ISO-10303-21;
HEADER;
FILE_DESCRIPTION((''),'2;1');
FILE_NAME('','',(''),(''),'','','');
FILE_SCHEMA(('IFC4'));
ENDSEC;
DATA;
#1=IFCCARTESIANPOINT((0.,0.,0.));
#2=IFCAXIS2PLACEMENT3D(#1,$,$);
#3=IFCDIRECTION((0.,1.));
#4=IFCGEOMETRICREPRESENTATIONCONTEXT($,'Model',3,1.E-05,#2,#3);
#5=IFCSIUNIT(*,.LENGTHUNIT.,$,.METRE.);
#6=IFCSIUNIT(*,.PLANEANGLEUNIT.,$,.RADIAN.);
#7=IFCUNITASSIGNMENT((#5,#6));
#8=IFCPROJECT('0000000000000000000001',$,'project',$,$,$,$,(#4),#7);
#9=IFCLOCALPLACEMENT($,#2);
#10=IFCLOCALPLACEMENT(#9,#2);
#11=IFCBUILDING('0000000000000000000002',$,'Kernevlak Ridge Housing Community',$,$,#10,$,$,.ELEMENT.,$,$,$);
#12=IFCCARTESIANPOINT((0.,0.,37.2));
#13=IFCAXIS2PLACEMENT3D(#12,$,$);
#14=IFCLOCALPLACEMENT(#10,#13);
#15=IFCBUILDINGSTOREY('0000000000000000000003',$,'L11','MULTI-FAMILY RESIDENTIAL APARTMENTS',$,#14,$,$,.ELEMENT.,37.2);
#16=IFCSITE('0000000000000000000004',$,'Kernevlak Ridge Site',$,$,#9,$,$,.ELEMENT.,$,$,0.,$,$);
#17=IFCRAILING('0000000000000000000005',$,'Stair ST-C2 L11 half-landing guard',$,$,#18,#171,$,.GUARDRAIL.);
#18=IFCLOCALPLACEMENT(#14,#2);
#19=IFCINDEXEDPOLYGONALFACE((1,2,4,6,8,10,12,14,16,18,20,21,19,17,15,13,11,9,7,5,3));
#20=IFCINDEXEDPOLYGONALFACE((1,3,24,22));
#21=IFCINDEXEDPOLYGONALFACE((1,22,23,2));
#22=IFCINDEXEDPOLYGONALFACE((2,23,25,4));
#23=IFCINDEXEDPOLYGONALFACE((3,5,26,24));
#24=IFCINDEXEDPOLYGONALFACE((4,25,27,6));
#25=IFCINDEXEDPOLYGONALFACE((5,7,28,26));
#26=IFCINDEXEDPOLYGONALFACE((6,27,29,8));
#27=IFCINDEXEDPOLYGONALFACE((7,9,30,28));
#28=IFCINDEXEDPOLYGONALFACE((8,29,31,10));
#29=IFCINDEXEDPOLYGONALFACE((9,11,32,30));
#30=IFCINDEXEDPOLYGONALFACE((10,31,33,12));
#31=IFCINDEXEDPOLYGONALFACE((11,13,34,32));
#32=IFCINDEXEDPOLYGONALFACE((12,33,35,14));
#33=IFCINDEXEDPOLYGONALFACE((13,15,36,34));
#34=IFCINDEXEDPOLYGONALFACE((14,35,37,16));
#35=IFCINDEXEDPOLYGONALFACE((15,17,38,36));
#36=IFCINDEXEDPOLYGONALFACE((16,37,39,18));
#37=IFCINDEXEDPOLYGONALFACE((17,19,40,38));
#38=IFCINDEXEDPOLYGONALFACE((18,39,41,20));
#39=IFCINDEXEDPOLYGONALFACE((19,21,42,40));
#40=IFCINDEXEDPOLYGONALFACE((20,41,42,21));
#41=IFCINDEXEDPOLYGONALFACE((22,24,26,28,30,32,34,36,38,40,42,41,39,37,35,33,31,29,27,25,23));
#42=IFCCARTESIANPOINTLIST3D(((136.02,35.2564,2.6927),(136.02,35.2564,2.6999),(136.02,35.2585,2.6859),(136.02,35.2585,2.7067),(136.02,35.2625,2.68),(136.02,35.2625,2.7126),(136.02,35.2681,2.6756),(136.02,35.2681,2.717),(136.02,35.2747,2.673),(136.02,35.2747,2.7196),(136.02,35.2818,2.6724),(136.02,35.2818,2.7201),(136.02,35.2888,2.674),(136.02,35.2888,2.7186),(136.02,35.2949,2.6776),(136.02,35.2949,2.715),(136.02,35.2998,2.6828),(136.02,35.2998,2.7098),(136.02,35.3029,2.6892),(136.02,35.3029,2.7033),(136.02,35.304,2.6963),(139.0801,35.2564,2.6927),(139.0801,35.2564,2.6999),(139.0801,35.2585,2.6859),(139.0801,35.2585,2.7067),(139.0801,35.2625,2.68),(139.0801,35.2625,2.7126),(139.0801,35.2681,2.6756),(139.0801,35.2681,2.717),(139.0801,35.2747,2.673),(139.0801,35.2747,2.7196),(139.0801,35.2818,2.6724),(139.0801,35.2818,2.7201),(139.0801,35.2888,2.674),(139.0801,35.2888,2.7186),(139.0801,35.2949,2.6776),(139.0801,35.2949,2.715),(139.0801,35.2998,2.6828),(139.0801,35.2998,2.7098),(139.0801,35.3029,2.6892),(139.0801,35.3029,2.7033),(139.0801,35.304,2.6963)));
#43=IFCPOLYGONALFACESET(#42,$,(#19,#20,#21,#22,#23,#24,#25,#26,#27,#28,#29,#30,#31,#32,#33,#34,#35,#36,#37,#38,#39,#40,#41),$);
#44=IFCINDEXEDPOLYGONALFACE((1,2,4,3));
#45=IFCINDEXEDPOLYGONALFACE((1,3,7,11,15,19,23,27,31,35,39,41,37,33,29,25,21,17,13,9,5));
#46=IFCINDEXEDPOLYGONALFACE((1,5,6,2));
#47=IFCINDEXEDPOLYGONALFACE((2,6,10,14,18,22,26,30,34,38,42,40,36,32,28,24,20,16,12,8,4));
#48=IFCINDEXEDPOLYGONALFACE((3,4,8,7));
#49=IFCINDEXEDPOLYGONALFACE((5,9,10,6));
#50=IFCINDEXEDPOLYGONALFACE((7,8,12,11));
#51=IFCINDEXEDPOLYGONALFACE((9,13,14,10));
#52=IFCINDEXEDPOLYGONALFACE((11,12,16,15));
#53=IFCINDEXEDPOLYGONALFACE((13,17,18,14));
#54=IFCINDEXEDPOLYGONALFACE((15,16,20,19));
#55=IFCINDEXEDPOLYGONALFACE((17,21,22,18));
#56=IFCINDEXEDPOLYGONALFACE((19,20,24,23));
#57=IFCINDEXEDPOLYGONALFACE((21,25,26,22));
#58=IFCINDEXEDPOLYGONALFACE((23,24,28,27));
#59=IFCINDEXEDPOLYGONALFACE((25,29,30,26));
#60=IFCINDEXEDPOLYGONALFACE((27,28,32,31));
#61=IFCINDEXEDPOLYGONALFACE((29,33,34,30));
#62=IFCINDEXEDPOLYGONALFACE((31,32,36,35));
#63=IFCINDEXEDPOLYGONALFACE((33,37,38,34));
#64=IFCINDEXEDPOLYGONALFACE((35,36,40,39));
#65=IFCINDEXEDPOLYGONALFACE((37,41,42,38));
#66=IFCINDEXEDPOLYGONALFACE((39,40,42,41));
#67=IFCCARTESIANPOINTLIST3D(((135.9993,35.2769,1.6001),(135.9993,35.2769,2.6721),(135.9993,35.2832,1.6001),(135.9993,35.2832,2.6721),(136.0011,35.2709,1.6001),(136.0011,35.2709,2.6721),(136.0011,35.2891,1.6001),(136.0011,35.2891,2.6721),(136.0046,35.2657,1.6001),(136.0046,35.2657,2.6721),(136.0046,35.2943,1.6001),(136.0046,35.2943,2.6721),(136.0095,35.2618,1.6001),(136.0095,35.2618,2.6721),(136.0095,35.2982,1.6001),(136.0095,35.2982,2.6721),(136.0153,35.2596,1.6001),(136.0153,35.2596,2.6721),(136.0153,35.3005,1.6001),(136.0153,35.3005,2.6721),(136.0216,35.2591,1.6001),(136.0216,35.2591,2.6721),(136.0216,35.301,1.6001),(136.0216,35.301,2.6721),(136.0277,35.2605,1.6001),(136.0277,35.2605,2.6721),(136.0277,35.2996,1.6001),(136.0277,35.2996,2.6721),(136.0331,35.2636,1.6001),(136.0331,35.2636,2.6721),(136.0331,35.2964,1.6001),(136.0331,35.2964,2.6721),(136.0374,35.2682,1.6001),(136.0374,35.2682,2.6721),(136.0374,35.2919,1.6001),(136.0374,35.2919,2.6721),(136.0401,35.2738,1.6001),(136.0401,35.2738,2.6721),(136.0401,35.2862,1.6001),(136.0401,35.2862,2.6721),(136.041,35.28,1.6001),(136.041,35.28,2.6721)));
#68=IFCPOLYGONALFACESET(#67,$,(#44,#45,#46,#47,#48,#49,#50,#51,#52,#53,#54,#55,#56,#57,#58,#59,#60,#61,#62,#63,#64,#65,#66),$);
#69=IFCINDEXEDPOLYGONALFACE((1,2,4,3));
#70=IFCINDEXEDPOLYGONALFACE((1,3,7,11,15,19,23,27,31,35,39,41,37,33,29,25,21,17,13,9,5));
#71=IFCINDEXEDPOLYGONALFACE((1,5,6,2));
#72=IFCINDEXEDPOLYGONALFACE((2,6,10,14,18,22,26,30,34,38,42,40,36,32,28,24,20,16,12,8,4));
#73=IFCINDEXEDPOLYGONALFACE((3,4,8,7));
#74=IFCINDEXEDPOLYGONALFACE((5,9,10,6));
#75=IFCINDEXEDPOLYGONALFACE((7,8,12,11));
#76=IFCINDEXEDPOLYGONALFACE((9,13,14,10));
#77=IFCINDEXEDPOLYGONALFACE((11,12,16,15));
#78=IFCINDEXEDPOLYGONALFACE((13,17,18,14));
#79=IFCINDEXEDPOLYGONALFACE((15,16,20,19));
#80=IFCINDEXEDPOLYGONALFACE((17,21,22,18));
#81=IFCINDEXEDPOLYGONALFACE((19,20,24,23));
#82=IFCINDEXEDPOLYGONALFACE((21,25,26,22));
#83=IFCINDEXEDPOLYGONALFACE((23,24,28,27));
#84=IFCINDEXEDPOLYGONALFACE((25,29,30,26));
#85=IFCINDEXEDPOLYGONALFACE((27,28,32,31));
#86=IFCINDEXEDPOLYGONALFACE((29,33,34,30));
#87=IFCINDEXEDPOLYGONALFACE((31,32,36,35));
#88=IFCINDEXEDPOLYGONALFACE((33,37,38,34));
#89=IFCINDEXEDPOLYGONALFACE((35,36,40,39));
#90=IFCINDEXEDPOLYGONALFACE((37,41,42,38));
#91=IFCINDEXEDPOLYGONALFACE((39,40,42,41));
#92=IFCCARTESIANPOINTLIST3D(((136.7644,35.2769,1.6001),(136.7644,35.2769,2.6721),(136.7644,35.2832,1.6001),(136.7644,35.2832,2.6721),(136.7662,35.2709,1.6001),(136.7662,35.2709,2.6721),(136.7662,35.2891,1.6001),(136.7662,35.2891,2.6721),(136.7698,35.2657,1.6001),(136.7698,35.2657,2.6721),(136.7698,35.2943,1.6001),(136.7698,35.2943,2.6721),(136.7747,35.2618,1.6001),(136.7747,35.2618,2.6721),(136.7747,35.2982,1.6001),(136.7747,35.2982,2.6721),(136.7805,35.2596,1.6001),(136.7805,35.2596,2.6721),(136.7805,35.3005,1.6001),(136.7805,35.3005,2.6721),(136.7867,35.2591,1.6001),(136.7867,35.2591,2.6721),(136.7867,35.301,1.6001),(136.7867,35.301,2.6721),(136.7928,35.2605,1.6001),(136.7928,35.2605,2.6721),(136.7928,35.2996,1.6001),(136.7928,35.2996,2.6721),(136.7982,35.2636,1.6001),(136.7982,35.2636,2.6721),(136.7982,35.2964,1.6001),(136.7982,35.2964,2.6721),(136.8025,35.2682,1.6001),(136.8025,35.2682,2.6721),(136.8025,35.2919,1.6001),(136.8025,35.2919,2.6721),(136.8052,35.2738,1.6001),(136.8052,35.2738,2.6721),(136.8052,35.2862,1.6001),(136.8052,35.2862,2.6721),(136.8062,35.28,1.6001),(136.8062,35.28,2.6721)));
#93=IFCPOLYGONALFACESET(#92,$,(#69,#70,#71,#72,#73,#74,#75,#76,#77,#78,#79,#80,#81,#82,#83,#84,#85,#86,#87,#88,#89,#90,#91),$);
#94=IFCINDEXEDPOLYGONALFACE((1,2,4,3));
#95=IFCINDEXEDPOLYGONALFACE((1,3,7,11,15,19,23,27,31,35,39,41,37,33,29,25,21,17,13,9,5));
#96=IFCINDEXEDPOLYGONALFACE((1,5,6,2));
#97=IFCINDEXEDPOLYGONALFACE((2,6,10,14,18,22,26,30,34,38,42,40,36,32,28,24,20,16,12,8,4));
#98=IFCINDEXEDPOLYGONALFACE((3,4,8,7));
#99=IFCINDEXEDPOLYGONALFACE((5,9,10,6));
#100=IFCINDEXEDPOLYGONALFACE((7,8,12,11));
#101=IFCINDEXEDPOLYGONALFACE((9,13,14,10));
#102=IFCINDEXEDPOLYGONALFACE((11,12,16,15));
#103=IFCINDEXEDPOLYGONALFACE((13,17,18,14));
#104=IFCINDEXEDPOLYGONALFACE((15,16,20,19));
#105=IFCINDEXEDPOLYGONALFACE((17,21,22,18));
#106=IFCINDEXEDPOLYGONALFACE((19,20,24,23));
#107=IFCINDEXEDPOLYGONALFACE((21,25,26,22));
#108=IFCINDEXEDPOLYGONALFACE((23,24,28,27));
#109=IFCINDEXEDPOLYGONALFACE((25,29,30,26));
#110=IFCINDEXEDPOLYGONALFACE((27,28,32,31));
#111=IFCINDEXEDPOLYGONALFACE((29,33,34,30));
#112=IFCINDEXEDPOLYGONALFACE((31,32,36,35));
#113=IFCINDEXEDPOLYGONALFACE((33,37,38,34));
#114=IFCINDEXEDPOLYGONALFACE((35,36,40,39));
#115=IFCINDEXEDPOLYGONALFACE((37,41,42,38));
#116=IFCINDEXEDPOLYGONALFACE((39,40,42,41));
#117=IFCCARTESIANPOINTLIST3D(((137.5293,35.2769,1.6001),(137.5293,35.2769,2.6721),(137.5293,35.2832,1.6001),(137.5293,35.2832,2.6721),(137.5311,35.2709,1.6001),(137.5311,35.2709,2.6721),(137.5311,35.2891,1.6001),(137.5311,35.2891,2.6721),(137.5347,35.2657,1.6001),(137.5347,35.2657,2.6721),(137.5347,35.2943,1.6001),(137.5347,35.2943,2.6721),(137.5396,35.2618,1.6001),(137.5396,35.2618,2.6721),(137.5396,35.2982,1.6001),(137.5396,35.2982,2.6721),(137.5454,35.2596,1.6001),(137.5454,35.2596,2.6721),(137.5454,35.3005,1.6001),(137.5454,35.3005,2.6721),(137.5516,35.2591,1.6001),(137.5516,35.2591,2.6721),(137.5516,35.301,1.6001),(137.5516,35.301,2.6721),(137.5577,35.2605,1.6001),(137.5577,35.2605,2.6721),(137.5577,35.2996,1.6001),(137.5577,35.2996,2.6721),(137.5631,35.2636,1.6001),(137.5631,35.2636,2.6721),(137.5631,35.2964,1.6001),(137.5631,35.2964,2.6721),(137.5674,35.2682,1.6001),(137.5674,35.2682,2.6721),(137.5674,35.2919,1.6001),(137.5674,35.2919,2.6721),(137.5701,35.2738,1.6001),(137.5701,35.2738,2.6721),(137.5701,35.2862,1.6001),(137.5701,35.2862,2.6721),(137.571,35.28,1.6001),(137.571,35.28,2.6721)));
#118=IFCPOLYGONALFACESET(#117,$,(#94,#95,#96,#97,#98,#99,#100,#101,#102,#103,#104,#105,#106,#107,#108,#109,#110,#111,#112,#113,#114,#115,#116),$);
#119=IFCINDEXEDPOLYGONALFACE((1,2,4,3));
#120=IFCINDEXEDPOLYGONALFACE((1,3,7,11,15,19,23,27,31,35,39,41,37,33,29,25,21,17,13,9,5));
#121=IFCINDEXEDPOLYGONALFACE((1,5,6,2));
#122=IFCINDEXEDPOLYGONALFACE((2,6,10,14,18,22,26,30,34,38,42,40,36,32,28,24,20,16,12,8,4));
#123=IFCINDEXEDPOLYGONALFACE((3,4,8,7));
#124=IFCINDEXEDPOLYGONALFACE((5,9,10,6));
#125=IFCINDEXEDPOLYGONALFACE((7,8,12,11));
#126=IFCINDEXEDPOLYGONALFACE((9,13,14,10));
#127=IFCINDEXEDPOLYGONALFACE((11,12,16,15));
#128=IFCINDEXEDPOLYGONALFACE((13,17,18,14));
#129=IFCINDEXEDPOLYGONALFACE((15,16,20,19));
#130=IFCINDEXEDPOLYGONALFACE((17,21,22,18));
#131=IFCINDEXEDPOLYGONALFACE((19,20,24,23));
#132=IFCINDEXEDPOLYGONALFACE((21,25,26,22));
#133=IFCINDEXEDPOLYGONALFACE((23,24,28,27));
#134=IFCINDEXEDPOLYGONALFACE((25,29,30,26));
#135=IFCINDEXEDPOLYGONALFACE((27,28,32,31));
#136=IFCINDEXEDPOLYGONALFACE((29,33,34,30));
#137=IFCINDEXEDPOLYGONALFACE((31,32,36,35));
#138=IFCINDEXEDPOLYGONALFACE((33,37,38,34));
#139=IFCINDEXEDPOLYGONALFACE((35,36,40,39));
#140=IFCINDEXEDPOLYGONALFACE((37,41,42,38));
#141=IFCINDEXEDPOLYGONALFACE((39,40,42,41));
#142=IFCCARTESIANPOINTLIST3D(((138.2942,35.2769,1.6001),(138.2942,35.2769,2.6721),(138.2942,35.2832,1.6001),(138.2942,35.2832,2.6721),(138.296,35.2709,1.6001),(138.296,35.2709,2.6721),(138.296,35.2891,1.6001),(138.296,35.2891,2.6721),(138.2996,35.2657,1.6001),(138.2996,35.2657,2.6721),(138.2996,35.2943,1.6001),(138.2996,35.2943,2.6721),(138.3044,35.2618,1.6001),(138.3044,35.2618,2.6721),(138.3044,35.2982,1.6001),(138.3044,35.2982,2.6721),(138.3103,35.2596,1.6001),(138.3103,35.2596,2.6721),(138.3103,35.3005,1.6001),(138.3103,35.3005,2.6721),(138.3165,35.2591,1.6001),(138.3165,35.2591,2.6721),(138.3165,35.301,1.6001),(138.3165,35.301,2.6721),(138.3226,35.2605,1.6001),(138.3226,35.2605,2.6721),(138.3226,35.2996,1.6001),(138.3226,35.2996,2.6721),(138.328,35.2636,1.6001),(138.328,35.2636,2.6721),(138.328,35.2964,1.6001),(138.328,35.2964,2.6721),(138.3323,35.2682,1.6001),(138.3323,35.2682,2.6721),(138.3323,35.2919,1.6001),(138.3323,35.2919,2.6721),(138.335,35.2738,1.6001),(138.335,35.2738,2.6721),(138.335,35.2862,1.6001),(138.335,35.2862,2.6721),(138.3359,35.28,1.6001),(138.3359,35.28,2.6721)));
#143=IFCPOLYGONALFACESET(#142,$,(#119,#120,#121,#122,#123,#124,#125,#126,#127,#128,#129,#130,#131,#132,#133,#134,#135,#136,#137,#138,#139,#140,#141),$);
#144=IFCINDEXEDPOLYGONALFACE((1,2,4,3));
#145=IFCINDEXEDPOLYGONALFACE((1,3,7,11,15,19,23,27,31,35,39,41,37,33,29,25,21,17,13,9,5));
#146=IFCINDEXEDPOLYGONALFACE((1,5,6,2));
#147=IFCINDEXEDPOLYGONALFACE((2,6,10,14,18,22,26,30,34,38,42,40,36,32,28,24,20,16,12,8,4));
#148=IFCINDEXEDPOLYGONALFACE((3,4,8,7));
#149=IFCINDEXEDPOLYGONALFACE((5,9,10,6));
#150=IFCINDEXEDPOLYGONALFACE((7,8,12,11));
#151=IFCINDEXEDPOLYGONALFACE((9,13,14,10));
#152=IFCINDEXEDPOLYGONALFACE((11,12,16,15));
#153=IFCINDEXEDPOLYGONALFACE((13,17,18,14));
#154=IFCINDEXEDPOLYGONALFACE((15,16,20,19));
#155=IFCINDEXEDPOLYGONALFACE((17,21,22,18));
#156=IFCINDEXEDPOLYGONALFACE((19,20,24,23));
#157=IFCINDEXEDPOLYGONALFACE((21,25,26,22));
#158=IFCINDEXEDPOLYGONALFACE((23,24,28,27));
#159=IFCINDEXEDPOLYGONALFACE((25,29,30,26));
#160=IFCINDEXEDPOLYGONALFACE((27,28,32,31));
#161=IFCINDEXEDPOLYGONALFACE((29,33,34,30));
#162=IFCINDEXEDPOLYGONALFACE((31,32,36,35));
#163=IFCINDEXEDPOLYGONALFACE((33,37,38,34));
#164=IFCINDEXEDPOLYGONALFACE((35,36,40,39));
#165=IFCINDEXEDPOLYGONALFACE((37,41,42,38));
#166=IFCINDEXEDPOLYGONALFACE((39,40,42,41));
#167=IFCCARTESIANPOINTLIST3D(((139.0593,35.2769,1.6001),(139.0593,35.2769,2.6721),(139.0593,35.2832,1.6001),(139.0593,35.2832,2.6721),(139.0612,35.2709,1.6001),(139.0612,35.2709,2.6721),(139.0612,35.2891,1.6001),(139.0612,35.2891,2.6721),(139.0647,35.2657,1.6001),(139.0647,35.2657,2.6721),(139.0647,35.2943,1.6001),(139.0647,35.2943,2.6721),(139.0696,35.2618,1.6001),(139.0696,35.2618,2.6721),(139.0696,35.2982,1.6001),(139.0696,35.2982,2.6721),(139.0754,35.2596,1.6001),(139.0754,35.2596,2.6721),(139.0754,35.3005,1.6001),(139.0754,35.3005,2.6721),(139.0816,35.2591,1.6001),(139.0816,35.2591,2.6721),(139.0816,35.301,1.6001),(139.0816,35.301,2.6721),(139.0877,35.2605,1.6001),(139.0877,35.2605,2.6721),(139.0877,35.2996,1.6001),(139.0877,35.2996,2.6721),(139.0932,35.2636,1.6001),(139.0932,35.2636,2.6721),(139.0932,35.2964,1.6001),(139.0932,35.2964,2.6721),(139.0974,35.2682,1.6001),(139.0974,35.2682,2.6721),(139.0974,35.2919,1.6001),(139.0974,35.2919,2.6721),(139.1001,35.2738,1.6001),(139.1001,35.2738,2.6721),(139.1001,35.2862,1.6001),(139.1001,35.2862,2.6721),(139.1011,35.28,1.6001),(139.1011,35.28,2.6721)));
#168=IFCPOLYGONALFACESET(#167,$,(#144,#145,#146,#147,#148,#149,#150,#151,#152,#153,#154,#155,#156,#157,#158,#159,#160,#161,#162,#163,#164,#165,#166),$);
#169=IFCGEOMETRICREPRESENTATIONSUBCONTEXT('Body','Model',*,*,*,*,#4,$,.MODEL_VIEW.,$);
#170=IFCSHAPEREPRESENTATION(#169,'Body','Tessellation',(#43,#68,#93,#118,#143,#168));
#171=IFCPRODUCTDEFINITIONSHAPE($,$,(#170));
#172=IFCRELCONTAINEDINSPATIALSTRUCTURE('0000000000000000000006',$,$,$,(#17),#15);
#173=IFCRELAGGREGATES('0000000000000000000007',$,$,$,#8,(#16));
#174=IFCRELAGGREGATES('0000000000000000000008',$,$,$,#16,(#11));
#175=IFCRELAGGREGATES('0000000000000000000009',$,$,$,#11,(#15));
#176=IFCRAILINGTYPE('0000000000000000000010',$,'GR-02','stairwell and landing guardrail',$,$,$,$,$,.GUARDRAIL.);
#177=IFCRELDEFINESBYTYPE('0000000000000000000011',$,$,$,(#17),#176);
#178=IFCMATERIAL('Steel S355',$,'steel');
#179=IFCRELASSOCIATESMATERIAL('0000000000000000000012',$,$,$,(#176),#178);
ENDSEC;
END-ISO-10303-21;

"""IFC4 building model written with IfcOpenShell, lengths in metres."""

from ifc_helpers import new_model, si_unit, direction, frame, origin, origin_2d, place, context, subcontext, project, spatial, circle, extrude, material, type_object, element, save


model = new_model("IFC4")

# Units and contexts
model_context = context("Model", 3, precision=1e-05, world=origin(), true_north=direction((0.0, 1.0)))
body_context = subcontext(model_context, "Body", "Model", "MODEL_VIEW")
ifc_project = project(units=[si_unit("LENGTHUNIT", "METRE"), si_unit("PLANEANGLEUNIT", "RADIAN")], contexts=[model_context])

# Site, building, storey
site_placement = place(None, origin())
site = spatial("IfcSite", under=ifc_project, at=site_placement, Name="Kernevlak Ridge Site", CompositionType="ELEMENT", RefElevation=0.0)
building_placement = place(site_placement, origin())
building = spatial("IfcBuilding", under=site, at=building_placement, Name="Kernevlak Ridge Housing Community", CompositionType="ELEMENT")
storey_placement = place(building_placement, frame((0.0, 0.0, 37.2)))
storey = spatial("IfcBuildingStorey", under=building, at=storey_placement, Name="L11", Description="MULTI-FAMILY RESIDENTIAL APARTMENTS", CompositionType="ELEMENT", Elevation=37.2)

# Railing
ifc_material_1 = material(Name="Steel S355", Category="steel")
railing_type_1 = type_object("IfcRailingType", Name="GR-02", Description="stairwell and landing guardrail", PredefinedType="GUARDRAIL", material=ifc_material_1)
railing_1_placement = place(storey_placement, frame((136.02, 35.28, 1.6001)))
element("IfcRailing", 1, at=railing_1_placement, inside=storey, type_object=railing_type_1, Name="Stair ST-C2 L11 half-landing guard", PredefinedType="GUARDRAIL", context=body_context, shape_type="SweptSolid", body=[
    extrude(circle(Radius=0.0239, at=origin_2d()), frame((0.0, 0.0, 1.0962), z_axis=(1.0, 0.0, 0.0), x_axis=(0.0, 1.0, 0.0)), (0.0, 0.0, 1.0), 3.0601),
    extrude(circle(Radius=0.021, at=origin_2d()), origin(), (0.0, 0.0, 1.0), 1.072),
    extrude(circle(Radius=0.021, at=origin_2d()), frame((0.7651, 0.0, 0.0)), (0.0, 0.0, 1.0), 1.072),
    extrude(circle(Radius=0.021, at=origin_2d()), frame((1.53, 0.0, 0.0)), (0.0, 0.0, 1.0), 1.072),
    extrude(circle(Radius=0.021, at=origin_2d()), frame((2.2949, 0.0, 0.0)), (0.0, 0.0, 1.0), 1.072),
    extrude(circle(Radius=0.021, at=origin_2d()), frame((3.0601, 0.0, 0.0)), (0.0, 0.0, 1.0), 1.072),
])

save(model, "model.ifc")
